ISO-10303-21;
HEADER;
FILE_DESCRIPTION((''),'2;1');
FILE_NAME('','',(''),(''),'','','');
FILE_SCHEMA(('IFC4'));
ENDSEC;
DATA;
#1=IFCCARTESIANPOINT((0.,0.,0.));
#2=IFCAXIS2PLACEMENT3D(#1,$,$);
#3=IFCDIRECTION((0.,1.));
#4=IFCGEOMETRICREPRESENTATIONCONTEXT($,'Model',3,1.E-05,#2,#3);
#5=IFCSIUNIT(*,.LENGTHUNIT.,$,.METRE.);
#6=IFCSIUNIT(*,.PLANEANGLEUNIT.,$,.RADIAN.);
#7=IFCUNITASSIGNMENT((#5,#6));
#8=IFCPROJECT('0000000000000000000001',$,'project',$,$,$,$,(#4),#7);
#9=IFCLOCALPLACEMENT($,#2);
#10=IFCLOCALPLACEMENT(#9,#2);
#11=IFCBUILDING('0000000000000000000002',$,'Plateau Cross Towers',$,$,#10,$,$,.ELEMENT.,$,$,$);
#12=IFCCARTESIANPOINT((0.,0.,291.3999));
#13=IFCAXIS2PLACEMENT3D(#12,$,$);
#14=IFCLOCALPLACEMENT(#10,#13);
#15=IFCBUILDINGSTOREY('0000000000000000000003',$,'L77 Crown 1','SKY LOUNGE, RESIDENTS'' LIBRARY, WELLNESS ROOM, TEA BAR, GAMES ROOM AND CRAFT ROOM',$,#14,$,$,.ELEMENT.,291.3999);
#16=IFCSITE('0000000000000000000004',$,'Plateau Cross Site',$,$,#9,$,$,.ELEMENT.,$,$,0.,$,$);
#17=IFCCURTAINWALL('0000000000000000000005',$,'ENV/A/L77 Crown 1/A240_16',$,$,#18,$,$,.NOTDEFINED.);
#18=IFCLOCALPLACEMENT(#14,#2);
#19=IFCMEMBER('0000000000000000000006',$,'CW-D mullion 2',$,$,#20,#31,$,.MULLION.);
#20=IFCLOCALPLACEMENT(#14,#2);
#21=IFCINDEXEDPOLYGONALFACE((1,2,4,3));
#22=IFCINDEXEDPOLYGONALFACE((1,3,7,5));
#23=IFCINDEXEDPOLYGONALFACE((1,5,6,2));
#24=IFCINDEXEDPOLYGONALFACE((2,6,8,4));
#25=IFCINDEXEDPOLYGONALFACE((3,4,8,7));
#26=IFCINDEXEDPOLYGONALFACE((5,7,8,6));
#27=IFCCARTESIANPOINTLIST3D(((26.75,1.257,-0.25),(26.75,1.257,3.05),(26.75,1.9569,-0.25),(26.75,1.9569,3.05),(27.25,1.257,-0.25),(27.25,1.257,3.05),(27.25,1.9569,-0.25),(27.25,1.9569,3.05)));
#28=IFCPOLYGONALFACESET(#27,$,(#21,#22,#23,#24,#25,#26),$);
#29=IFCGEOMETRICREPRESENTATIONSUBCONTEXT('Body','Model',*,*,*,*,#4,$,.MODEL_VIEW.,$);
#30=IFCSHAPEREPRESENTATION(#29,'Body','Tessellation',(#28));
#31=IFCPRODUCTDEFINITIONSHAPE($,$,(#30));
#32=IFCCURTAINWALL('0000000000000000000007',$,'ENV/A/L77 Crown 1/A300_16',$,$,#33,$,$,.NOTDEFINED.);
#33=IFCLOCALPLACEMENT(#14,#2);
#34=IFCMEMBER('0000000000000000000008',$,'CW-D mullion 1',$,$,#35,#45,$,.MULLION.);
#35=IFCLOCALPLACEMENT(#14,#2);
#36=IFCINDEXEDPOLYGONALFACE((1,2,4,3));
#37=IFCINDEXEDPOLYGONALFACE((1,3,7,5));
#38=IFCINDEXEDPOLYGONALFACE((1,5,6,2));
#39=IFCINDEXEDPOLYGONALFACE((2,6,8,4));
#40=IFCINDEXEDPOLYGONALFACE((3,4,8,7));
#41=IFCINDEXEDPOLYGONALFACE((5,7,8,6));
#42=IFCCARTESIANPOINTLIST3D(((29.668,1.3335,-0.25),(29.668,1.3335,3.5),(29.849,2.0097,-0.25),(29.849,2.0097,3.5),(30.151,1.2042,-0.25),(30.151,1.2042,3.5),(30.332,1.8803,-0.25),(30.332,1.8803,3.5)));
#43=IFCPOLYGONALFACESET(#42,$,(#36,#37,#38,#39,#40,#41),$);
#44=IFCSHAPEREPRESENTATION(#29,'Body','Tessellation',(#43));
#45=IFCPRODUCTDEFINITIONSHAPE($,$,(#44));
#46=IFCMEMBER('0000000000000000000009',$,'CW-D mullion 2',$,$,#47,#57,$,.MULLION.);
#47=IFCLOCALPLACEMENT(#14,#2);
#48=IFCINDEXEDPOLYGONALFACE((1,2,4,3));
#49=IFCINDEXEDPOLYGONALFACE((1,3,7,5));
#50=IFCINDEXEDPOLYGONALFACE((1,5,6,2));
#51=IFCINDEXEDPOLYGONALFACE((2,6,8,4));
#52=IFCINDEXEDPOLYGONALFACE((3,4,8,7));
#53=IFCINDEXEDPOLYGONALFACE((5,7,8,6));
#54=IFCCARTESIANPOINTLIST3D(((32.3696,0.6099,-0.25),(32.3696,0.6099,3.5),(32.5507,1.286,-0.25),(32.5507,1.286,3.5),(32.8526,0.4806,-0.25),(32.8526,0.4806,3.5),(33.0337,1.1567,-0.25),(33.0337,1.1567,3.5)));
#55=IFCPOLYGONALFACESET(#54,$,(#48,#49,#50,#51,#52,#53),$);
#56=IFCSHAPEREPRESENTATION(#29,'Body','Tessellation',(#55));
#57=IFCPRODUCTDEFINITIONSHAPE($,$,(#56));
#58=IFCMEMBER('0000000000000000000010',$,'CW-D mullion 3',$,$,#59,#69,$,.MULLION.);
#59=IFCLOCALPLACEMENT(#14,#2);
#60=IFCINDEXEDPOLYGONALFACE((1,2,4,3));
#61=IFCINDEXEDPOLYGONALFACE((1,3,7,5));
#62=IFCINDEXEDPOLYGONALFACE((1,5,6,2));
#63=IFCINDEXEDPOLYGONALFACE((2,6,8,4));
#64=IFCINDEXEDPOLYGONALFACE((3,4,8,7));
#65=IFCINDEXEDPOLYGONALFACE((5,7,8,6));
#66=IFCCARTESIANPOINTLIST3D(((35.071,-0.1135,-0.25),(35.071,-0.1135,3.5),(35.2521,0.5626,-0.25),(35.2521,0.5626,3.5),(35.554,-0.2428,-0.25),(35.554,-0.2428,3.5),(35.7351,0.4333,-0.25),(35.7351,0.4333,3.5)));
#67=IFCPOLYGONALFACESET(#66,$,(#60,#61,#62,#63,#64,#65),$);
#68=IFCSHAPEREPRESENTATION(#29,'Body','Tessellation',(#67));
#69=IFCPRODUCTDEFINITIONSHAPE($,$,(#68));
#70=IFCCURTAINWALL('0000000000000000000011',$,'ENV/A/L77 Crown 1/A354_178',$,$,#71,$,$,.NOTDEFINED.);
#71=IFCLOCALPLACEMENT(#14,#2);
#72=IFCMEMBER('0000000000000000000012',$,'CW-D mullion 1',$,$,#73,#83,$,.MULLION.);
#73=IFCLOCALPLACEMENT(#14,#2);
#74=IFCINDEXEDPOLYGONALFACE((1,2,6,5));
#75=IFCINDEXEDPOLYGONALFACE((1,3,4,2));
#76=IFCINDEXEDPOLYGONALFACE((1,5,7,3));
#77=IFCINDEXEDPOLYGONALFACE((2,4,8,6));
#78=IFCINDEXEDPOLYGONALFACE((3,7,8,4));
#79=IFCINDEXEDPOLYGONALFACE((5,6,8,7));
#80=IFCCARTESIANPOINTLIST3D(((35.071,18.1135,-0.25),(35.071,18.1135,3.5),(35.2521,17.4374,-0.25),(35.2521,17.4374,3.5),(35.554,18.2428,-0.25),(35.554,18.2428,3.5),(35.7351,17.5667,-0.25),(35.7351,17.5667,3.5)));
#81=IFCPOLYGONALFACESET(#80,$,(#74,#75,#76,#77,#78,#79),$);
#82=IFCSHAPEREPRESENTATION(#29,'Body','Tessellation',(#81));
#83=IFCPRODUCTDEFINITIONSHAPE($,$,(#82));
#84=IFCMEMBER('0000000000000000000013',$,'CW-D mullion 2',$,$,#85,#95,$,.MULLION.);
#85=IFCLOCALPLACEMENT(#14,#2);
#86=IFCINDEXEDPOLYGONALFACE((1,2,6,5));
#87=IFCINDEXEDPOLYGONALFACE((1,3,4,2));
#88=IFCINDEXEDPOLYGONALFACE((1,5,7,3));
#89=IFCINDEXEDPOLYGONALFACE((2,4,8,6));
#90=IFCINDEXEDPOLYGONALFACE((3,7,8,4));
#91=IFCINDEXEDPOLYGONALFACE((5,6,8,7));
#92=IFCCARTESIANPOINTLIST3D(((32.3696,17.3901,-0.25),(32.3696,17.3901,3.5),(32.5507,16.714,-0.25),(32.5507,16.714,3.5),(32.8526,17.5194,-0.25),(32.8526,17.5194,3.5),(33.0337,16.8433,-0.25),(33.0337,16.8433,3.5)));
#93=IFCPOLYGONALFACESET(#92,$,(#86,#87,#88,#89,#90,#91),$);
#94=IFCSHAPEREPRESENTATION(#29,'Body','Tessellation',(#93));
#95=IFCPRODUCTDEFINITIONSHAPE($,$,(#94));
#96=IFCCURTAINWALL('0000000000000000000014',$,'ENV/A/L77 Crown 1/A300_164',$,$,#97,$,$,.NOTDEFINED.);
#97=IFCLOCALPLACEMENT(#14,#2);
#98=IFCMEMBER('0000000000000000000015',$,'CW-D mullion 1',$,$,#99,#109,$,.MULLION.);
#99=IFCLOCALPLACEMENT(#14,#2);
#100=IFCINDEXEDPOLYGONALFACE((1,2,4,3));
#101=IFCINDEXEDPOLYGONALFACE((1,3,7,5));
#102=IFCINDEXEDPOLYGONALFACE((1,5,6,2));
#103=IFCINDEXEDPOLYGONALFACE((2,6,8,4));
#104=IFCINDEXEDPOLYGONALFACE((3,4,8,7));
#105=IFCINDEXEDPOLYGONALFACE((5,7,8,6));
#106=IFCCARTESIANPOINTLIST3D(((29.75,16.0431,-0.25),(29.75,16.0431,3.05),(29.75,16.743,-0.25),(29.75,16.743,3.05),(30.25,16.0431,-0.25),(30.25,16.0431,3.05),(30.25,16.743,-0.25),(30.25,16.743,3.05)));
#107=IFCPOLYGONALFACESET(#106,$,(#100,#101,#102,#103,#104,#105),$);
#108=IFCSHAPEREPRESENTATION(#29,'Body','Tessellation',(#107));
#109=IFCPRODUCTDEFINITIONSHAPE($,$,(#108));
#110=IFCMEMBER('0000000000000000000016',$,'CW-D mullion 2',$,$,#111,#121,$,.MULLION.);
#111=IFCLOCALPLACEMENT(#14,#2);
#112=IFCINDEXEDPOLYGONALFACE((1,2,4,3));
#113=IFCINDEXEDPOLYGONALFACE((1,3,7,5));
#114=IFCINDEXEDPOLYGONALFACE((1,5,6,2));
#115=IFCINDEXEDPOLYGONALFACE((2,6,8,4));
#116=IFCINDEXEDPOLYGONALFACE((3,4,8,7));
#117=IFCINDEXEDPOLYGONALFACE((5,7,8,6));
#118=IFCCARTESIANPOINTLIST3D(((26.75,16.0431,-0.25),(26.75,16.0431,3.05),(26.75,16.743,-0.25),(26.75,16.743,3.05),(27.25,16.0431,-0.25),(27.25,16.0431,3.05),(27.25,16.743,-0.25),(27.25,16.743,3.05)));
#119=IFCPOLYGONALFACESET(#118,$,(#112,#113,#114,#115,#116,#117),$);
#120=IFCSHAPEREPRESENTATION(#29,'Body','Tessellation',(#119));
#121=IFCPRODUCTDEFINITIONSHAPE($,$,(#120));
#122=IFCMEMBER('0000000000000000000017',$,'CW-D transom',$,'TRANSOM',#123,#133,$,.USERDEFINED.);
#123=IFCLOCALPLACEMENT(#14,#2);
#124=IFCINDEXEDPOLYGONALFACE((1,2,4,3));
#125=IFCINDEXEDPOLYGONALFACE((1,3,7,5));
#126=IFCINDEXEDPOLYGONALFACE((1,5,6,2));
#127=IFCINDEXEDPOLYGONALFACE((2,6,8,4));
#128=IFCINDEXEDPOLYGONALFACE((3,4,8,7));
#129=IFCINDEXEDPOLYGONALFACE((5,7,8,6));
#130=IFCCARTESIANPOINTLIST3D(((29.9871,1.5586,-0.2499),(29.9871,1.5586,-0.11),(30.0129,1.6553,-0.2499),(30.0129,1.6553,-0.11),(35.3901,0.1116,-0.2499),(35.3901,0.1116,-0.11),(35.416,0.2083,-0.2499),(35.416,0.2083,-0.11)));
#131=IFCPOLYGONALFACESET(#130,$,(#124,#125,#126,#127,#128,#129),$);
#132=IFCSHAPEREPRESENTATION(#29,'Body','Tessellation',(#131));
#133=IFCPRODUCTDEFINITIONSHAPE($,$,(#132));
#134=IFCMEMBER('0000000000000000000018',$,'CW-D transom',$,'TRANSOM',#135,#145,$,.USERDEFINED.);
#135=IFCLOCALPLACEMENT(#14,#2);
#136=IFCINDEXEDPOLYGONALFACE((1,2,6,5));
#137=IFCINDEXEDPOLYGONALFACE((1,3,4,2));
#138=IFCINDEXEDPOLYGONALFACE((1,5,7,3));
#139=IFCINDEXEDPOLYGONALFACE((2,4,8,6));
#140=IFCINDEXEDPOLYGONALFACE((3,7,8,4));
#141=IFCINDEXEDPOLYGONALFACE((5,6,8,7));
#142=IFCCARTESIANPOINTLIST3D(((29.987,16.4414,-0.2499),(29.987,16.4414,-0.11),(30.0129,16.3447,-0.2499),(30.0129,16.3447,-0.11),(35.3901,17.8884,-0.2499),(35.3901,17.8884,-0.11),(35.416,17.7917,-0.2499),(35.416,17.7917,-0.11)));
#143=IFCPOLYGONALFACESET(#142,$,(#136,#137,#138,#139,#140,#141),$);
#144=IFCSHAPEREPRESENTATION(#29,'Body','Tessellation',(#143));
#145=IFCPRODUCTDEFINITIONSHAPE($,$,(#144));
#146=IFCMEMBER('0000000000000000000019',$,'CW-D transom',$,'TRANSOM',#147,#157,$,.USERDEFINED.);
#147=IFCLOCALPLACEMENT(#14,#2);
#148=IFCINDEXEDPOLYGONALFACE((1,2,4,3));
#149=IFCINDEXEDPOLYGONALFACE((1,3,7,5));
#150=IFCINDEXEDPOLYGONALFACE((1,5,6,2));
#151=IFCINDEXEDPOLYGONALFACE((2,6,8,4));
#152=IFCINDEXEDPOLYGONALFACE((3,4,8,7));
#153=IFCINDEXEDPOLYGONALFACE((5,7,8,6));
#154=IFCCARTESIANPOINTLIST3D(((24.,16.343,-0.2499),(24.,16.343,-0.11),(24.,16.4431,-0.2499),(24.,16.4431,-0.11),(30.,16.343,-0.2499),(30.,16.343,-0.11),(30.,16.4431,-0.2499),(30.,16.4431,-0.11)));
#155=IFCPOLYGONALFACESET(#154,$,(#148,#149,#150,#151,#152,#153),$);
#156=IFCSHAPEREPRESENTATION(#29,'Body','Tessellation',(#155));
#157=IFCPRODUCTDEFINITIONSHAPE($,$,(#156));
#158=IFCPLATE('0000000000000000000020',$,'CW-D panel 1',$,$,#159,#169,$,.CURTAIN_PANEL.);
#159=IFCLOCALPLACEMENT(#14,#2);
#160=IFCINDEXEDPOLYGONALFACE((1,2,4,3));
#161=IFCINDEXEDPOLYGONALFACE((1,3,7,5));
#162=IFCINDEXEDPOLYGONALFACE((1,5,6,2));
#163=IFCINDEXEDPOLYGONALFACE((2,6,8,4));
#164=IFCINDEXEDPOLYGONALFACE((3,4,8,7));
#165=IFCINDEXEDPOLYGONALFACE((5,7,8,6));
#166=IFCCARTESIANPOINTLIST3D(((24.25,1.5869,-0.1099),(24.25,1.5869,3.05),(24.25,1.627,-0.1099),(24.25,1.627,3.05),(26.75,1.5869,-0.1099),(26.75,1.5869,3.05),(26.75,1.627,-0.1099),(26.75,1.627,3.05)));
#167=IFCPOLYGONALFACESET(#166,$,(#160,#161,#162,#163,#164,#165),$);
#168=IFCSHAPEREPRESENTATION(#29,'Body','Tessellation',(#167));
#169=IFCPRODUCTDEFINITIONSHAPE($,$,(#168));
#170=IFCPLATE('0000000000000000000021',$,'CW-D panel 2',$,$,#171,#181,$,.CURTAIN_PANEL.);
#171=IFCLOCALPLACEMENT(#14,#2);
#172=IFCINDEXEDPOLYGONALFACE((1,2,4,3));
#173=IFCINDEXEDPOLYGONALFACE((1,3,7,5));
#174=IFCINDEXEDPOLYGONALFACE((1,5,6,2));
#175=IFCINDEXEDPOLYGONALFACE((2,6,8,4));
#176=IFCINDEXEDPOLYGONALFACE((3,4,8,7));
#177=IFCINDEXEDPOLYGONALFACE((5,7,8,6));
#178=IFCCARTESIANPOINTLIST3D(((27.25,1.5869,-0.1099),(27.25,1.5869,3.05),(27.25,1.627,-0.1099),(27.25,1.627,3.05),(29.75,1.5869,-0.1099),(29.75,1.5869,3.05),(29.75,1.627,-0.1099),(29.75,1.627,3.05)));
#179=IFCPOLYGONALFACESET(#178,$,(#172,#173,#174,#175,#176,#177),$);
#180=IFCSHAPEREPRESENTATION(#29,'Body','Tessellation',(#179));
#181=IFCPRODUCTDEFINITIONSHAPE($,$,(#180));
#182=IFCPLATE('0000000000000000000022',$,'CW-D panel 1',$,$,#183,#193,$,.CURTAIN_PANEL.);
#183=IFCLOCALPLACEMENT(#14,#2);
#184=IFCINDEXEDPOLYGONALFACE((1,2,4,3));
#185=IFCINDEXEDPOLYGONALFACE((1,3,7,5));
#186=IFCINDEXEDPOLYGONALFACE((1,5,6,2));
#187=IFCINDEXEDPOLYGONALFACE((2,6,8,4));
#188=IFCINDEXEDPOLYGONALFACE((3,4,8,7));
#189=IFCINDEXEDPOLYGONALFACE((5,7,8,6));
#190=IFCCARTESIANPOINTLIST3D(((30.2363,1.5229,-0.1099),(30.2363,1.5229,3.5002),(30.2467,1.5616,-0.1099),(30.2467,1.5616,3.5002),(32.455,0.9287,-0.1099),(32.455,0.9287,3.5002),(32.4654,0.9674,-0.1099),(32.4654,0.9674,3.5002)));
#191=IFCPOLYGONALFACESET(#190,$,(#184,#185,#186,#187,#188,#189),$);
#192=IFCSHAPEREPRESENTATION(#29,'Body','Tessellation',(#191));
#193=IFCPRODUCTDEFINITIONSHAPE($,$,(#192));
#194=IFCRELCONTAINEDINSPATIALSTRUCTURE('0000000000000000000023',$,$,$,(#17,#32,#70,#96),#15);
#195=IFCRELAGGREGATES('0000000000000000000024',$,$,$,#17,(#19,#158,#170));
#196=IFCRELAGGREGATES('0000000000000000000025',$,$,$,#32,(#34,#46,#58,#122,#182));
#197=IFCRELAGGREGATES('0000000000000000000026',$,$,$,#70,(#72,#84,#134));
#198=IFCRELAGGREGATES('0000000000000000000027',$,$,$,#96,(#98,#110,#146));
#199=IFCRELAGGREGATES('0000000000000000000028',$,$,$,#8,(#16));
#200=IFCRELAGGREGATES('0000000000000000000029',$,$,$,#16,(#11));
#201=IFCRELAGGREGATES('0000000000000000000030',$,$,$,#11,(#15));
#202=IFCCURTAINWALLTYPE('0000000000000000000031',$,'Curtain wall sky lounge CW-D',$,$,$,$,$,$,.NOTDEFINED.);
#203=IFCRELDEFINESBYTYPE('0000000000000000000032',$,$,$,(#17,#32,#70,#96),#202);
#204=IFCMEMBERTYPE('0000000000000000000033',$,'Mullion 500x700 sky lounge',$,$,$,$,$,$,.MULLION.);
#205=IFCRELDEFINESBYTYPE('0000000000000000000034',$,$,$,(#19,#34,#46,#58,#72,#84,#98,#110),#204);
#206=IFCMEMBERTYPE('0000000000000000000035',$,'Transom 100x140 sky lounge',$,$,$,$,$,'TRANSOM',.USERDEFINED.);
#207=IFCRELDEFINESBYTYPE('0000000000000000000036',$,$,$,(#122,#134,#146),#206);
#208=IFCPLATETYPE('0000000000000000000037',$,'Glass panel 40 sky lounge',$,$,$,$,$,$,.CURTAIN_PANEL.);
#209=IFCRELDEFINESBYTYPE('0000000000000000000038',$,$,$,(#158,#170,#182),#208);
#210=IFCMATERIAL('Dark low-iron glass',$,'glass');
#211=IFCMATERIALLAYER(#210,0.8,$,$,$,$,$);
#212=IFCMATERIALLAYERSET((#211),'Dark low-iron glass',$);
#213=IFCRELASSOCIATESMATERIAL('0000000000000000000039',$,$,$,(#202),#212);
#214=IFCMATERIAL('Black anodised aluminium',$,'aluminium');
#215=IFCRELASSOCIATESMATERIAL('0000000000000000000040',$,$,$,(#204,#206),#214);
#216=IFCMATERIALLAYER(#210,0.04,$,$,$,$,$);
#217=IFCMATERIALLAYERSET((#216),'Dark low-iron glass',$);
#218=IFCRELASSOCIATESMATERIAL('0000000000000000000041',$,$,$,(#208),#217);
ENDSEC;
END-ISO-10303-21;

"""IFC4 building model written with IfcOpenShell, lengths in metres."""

from ifc_helpers import new_model, si_unit, direction, frame, origin, origin_2d, place, context, subcontext, project, spatial, rectangle, extrude, material, layer, layer_set, material_profile, profile_set, type_object, element, aggregate, save


model = new_model("IFC4")

# Units and contexts
model_context = context("Model", 3, precision=1e-05, world=origin(), true_north=direction((0.0, 1.0)))
body_context = subcontext(model_context, "Body", "Model", "MODEL_VIEW")
ifc_project = project(units=[si_unit("LENGTHUNIT", "METRE"), si_unit("PLANEANGLEUNIT", "RADIAN")], contexts=[model_context])

# Site, building, storey
site_placement = place(None, origin())
site = spatial("IfcSite", under=ifc_project, at=site_placement, Name="Plateau Cross Site", CompositionType="ELEMENT", RefElevation=0.0)
building_placement = place(site_placement, origin())
building = spatial("IfcBuilding", under=site, at=building_placement, Name="Plateau Cross Towers", CompositionType="ELEMENT")
storey_placement = place(building_placement, frame((0.0, 0.0, 291.3999)))
storey = spatial("IfcBuildingStorey", under=building, at=storey_placement, Name="L77 Crown 1", Description="SKY LOUNGE, RESIDENTS' LIBRARY, WELLNESS ROOM, TEA BAR, GAMES ROOM AND CRAFT ROOM", CompositionType="ELEMENT", Elevation=291.3999)

# Curtain wall, member
ifc_material_1 = material(Name="Dark low-iron glass", Category="glass")
ifc_layer_1 = layer(ifc_material_1, 0.8)
ifc_layer_set_1 = layer_set([ifc_layer_1], Name="Dark low-iron glass")
curtain_wall_type = type_object("IfcCurtainWallType", Name="Curtain wall sky lounge CW-D", PredefinedType="NOTDEFINED", material=ifc_layer_set_1)
curtain_wall_1_placement = place(storey_placement, origin())
curtain_wall_1 = element("IfcCurtainWall", 1, at=curtain_wall_1_placement, inside=storey, type_object=curtain_wall_type, Name="ENV/A/L77 Crown 1/A240_16", PredefinedType="NOTDEFINED")
ifc_material_2 = material(Name="Black anodised aluminium", Category="aluminium")
ifc_material_profile_1 = material_profile(ifc_material_2, rectangle(XDim=0.5, YDim=0.7, at=origin_2d()), Name="MULLION 500x700")
ifc_profile_set_1 = profile_set([ifc_material_profile_1], Name="Black anodised aluminium")
member_type_1 = type_object("IfcMemberType", Name="Mullion 500x700 sky lounge", PredefinedType="MULLION", material=ifc_profile_set_1)
member_1_placement = place(storey_placement, frame((27.0, 1.6069, -0.25), z_axis=(0.0, 0.0, 1.0), x_axis=(1.0, 0.0, 0.0)))
member_1 = element("IfcMember", 2, at=member_1_placement, type_object=member_type_1, Name="CW-D mullion 2", PredefinedType="MULLION", context=body_context, shape_type="SweptSolid", body=[
    extrude(rectangle(XDim=0.5, YDim=0.7, at=origin_2d()), origin(), (0.0, 0.0, 1.0), 3.3),
])

# Curtain walls, members
curtain_wall_2_placement = place(storey_placement, origin())
curtain_wall_2 = element("IfcCurtainWall", 3, at=curtain_wall_2_placement, inside=storey, type_object=curtain_wall_type, Name="ENV/A/L77 Crown 1/A300_16", PredefinedType="NOTDEFINED")
member_2_placement = place(storey_placement, frame((30.0, 1.6069, -0.25), z_axis=(0.0, 0.0, 1.0), x_axis=(0.965958, -0.258699, 0.0)))
member_2 = element("IfcMember", 4, at=member_2_placement, type_object=member_type_1, Name="CW-D mullion 1", PredefinedType="MULLION", context=body_context, shape_type="SweptSolid", body=[
    extrude(rectangle(XDim=0.5, YDim=0.7, at=origin_2d()), origin(), (0.0, 0.0, 1.0), 3.75),
])
member_3_placement = place(storey_placement, frame((32.7017, 0.8833, -0.25), z_axis=(0.0, 0.0, 1.0), x_axis=(0.965958, -0.258699, 0.0)))
member_3 = element("IfcMember", 5, at=member_3_placement, type_object=member_type_1, Name="CW-D mullion 2", PredefinedType="MULLION", context=body_context, shape_type="SweptSolid", body=[
    extrude(rectangle(XDim=0.5, YDim=0.7, at=origin_2d()), origin(), (0.0, 0.0, 1.0), 3.75),
])
member_4_placement = place(storey_placement, frame((35.4031, 0.1599, -0.25), z_axis=(0.0, 0.0, 1.0), x_axis=(0.965958, -0.258699, 0.0)))
member_4 = element("IfcMember", 6, at=member_4_placement, type_object=member_type_1, Name="CW-D mullion 3", PredefinedType="MULLION", context=body_context, shape_type="SweptSolid", body=[
    extrude(rectangle(XDim=0.5, YDim=0.7, at=origin_2d()), origin(), (0.0, 0.0, 1.0), 3.75),
])
curtain_wall_3_placement = place(storey_placement, origin())
curtain_wall_3 = element("IfcCurtainWall", 7, at=curtain_wall_3_placement, inside=storey, type_object=curtain_wall_type, Name="ENV/A/L77 Crown 1/A354_178", PredefinedType="NOTDEFINED")
member_5_placement = place(storey_placement, frame((35.4031, 17.8401, -0.25), z_axis=(0.0, 0.0, 1.0), x_axis=(-0.965958, -0.258699, 0.0)))
member_5 = element("IfcMember", 8, at=member_5_placement, type_object=member_type_1, Name="CW-D mullion 1", PredefinedType="MULLION", context=body_context, shape_type="SweptSolid", body=[
    extrude(rectangle(XDim=0.5, YDim=0.7, at=origin_2d()), origin(), (0.0, 0.0, 1.0), 3.75),
])
member_6_placement = place(storey_placement, frame((32.7017, 17.1167, -0.25), z_axis=(0.0, 0.0, 1.0), x_axis=(-0.965958, -0.258699, 0.0)))
member_6 = element("IfcMember", 9, at=member_6_placement, type_object=member_type_1, Name="CW-D mullion 2", PredefinedType="MULLION", context=body_context, shape_type="SweptSolid", body=[
    extrude(rectangle(XDim=0.5, YDim=0.7, at=origin_2d()), origin(), (0.0, 0.0, 1.0), 3.75),
])
curtain_wall_4_placement = place(storey_placement, origin())
curtain_wall_4 = element("IfcCurtainWall", 10, at=curtain_wall_4_placement, inside=storey, type_object=curtain_wall_type, Name="ENV/A/L77 Crown 1/A300_164", PredefinedType="NOTDEFINED")
member_7_placement = place(storey_placement, frame((30.0, 16.3931, -0.25), z_axis=(0.0, 0.0, 1.0), x_axis=(-1.0, 0.0, 0.0)))
member_7 = element("IfcMember", 11, at=member_7_placement, type_object=member_type_1, Name="CW-D mullion 1", PredefinedType="MULLION", context=body_context, shape_type="SweptSolid", body=[
    extrude(rectangle(XDim=0.5, YDim=0.7, at=origin_2d()), origin(), (0.0, 0.0, 1.0), 3.3),
])
member_8_placement = place(storey_placement, frame((27.0, 16.3931, -0.25), z_axis=(0.0, 0.0, 1.0), x_axis=(-1.0, 0.0, 0.0)))
member_8 = element("IfcMember", 12, at=member_8_placement, type_object=member_type_1, Name="CW-D mullion 2", PredefinedType="MULLION", context=body_context, shape_type="SweptSolid", body=[
    extrude(rectangle(XDim=0.5, YDim=0.7, at=origin_2d()), origin(), (0.0, 0.0, 1.0), 3.3),
])

# Members
ifc_material_profile_2 = material_profile(ifc_material_2, rectangle(XDim=0.1001, YDim=0.1399, at=origin_2d()), Name="TRANSOM 100x140")
ifc_profile_set_2 = profile_set([ifc_material_profile_2], Name="Black anodised aluminium")
member_type_2 = type_object("IfcMemberType", Name="Transom 100x140 sky lounge", ElementType="TRANSOM", PredefinedType="USERDEFINED", material=ifc_profile_set_2)
member_9_placement = place(storey_placement, frame((30.0, 1.6069, -0.1799), z_axis=(0.965958, -0.258698, 0.0), x_axis=(0.258698, 0.965958, 0.0)))
member_9 = element("IfcMember", 13, at=member_9_placement, type_object=member_type_2, Name="CW-D transom", ObjectType="TRANSOM", PredefinedType="USERDEFINED", context=body_context, shape_type="SweptSolid", body=[
    extrude(rectangle(XDim=0.1001, YDim=0.1399, at=origin_2d()), origin(), (0.0, 0.0, 1.0), 5.5935),
])
member_10_placement = place(storey_placement, frame((35.4031, 17.8401, -0.1799), z_axis=(-0.965958, -0.258698, 0.0), x_axis=(0.258698, -0.965958, 0.0)))
member_10 = element("IfcMember", 14, at=member_10_placement, type_object=member_type_2, Name="CW-D transom", ObjectType="TRANSOM", PredefinedType="USERDEFINED", context=body_context, shape_type="SweptSolid", body=[
    extrude(rectangle(XDim=0.1001, YDim=0.1399, at=origin_2d()), origin(), (0.0, 0.0, 1.0), 5.5935),
])
member_11_placement = place(storey_placement, frame((30.0, 16.3931, -0.1799), z_axis=(-1.0, 0.0, 0.0), x_axis=(0.0, -1.0, 0.0)))
member_11 = element("IfcMember", 15, at=member_11_placement, type_object=member_type_2, Name="CW-D transom", ObjectType="TRANSOM", PredefinedType="USERDEFINED", context=body_context, shape_type="SweptSolid", body=[
    extrude(rectangle(XDim=0.1001, YDim=0.1399, at=origin_2d()), origin(), (0.0, 0.0, 1.0), 6.0),
])

# Plates
ifc_layer_2 = layer(ifc_material_1, 0.04)
ifc_layer_set_2 = layer_set([ifc_layer_2], Name="Dark low-iron glass")
plate_type = type_object("IfcPlateType", Name="Glass panel 40 sky lounge", PredefinedType="CURTAIN_PANEL", material=ifc_layer_set_2)
plate_1_placement = place(storey_placement, frame((25.5, 1.6069, -0.1099), z_axis=(0.0, 0.0, 1.0), x_axis=(1.0, 0.0, 0.0)))
plate_1 = element("IfcPlate", 16, at=plate_1_placement, type_object=plate_type, Name="CW-D panel 1", PredefinedType="CURTAIN_PANEL", context=body_context, shape_type="SweptSolid", body=[
    extrude(rectangle(XDim=2.5, YDim=0.04, at=origin_2d()), origin(), (0.0, 0.0, 1.0), 3.1599),
])
plate_2_placement = place(storey_placement, frame((28.5, 1.6069, -0.1099), z_axis=(0.0, 0.0, 1.0), x_axis=(1.0, 0.0, 0.0)))
plate_2 = element("IfcPlate", 17, at=plate_2_placement, type_object=plate_type, Name="CW-D panel 2", PredefinedType="CURTAIN_PANEL", context=body_context, shape_type="SweptSolid", body=[
    extrude(rectangle(XDim=2.5, YDim=0.04, at=origin_2d()), origin(), (0.0, 0.0, 1.0), 3.1599),
])
aggregate(curtain_wall_1, [member_1, plate_1, plate_2])
plate_3_placement = place(storey_placement, frame((31.3508, 1.2451, -0.1099), z_axis=(0.0, 0.0, 1.0), x_axis=(0.965958, -0.258699, 0.0)))
plate_3 = element("IfcPlate", 18, at=plate_3_placement, type_object=plate_type, Name="CW-D panel 1", PredefinedType="CURTAIN_PANEL", context=body_context, shape_type="SweptSolid", body=[
    extrude(rectangle(XDim=2.2969, YDim=0.04, at=origin_2d()), origin(), (0.0, 0.0, 1.0), 3.6101),
])
aggregate(curtain_wall_2, [member_2, member_3, member_4, member_9, plate_3])
aggregate(curtain_wall_3, [member_5, member_6, member_10])
aggregate(curtain_wall_4, [member_7, member_8, member_11])

save(model, "model.ifc")
